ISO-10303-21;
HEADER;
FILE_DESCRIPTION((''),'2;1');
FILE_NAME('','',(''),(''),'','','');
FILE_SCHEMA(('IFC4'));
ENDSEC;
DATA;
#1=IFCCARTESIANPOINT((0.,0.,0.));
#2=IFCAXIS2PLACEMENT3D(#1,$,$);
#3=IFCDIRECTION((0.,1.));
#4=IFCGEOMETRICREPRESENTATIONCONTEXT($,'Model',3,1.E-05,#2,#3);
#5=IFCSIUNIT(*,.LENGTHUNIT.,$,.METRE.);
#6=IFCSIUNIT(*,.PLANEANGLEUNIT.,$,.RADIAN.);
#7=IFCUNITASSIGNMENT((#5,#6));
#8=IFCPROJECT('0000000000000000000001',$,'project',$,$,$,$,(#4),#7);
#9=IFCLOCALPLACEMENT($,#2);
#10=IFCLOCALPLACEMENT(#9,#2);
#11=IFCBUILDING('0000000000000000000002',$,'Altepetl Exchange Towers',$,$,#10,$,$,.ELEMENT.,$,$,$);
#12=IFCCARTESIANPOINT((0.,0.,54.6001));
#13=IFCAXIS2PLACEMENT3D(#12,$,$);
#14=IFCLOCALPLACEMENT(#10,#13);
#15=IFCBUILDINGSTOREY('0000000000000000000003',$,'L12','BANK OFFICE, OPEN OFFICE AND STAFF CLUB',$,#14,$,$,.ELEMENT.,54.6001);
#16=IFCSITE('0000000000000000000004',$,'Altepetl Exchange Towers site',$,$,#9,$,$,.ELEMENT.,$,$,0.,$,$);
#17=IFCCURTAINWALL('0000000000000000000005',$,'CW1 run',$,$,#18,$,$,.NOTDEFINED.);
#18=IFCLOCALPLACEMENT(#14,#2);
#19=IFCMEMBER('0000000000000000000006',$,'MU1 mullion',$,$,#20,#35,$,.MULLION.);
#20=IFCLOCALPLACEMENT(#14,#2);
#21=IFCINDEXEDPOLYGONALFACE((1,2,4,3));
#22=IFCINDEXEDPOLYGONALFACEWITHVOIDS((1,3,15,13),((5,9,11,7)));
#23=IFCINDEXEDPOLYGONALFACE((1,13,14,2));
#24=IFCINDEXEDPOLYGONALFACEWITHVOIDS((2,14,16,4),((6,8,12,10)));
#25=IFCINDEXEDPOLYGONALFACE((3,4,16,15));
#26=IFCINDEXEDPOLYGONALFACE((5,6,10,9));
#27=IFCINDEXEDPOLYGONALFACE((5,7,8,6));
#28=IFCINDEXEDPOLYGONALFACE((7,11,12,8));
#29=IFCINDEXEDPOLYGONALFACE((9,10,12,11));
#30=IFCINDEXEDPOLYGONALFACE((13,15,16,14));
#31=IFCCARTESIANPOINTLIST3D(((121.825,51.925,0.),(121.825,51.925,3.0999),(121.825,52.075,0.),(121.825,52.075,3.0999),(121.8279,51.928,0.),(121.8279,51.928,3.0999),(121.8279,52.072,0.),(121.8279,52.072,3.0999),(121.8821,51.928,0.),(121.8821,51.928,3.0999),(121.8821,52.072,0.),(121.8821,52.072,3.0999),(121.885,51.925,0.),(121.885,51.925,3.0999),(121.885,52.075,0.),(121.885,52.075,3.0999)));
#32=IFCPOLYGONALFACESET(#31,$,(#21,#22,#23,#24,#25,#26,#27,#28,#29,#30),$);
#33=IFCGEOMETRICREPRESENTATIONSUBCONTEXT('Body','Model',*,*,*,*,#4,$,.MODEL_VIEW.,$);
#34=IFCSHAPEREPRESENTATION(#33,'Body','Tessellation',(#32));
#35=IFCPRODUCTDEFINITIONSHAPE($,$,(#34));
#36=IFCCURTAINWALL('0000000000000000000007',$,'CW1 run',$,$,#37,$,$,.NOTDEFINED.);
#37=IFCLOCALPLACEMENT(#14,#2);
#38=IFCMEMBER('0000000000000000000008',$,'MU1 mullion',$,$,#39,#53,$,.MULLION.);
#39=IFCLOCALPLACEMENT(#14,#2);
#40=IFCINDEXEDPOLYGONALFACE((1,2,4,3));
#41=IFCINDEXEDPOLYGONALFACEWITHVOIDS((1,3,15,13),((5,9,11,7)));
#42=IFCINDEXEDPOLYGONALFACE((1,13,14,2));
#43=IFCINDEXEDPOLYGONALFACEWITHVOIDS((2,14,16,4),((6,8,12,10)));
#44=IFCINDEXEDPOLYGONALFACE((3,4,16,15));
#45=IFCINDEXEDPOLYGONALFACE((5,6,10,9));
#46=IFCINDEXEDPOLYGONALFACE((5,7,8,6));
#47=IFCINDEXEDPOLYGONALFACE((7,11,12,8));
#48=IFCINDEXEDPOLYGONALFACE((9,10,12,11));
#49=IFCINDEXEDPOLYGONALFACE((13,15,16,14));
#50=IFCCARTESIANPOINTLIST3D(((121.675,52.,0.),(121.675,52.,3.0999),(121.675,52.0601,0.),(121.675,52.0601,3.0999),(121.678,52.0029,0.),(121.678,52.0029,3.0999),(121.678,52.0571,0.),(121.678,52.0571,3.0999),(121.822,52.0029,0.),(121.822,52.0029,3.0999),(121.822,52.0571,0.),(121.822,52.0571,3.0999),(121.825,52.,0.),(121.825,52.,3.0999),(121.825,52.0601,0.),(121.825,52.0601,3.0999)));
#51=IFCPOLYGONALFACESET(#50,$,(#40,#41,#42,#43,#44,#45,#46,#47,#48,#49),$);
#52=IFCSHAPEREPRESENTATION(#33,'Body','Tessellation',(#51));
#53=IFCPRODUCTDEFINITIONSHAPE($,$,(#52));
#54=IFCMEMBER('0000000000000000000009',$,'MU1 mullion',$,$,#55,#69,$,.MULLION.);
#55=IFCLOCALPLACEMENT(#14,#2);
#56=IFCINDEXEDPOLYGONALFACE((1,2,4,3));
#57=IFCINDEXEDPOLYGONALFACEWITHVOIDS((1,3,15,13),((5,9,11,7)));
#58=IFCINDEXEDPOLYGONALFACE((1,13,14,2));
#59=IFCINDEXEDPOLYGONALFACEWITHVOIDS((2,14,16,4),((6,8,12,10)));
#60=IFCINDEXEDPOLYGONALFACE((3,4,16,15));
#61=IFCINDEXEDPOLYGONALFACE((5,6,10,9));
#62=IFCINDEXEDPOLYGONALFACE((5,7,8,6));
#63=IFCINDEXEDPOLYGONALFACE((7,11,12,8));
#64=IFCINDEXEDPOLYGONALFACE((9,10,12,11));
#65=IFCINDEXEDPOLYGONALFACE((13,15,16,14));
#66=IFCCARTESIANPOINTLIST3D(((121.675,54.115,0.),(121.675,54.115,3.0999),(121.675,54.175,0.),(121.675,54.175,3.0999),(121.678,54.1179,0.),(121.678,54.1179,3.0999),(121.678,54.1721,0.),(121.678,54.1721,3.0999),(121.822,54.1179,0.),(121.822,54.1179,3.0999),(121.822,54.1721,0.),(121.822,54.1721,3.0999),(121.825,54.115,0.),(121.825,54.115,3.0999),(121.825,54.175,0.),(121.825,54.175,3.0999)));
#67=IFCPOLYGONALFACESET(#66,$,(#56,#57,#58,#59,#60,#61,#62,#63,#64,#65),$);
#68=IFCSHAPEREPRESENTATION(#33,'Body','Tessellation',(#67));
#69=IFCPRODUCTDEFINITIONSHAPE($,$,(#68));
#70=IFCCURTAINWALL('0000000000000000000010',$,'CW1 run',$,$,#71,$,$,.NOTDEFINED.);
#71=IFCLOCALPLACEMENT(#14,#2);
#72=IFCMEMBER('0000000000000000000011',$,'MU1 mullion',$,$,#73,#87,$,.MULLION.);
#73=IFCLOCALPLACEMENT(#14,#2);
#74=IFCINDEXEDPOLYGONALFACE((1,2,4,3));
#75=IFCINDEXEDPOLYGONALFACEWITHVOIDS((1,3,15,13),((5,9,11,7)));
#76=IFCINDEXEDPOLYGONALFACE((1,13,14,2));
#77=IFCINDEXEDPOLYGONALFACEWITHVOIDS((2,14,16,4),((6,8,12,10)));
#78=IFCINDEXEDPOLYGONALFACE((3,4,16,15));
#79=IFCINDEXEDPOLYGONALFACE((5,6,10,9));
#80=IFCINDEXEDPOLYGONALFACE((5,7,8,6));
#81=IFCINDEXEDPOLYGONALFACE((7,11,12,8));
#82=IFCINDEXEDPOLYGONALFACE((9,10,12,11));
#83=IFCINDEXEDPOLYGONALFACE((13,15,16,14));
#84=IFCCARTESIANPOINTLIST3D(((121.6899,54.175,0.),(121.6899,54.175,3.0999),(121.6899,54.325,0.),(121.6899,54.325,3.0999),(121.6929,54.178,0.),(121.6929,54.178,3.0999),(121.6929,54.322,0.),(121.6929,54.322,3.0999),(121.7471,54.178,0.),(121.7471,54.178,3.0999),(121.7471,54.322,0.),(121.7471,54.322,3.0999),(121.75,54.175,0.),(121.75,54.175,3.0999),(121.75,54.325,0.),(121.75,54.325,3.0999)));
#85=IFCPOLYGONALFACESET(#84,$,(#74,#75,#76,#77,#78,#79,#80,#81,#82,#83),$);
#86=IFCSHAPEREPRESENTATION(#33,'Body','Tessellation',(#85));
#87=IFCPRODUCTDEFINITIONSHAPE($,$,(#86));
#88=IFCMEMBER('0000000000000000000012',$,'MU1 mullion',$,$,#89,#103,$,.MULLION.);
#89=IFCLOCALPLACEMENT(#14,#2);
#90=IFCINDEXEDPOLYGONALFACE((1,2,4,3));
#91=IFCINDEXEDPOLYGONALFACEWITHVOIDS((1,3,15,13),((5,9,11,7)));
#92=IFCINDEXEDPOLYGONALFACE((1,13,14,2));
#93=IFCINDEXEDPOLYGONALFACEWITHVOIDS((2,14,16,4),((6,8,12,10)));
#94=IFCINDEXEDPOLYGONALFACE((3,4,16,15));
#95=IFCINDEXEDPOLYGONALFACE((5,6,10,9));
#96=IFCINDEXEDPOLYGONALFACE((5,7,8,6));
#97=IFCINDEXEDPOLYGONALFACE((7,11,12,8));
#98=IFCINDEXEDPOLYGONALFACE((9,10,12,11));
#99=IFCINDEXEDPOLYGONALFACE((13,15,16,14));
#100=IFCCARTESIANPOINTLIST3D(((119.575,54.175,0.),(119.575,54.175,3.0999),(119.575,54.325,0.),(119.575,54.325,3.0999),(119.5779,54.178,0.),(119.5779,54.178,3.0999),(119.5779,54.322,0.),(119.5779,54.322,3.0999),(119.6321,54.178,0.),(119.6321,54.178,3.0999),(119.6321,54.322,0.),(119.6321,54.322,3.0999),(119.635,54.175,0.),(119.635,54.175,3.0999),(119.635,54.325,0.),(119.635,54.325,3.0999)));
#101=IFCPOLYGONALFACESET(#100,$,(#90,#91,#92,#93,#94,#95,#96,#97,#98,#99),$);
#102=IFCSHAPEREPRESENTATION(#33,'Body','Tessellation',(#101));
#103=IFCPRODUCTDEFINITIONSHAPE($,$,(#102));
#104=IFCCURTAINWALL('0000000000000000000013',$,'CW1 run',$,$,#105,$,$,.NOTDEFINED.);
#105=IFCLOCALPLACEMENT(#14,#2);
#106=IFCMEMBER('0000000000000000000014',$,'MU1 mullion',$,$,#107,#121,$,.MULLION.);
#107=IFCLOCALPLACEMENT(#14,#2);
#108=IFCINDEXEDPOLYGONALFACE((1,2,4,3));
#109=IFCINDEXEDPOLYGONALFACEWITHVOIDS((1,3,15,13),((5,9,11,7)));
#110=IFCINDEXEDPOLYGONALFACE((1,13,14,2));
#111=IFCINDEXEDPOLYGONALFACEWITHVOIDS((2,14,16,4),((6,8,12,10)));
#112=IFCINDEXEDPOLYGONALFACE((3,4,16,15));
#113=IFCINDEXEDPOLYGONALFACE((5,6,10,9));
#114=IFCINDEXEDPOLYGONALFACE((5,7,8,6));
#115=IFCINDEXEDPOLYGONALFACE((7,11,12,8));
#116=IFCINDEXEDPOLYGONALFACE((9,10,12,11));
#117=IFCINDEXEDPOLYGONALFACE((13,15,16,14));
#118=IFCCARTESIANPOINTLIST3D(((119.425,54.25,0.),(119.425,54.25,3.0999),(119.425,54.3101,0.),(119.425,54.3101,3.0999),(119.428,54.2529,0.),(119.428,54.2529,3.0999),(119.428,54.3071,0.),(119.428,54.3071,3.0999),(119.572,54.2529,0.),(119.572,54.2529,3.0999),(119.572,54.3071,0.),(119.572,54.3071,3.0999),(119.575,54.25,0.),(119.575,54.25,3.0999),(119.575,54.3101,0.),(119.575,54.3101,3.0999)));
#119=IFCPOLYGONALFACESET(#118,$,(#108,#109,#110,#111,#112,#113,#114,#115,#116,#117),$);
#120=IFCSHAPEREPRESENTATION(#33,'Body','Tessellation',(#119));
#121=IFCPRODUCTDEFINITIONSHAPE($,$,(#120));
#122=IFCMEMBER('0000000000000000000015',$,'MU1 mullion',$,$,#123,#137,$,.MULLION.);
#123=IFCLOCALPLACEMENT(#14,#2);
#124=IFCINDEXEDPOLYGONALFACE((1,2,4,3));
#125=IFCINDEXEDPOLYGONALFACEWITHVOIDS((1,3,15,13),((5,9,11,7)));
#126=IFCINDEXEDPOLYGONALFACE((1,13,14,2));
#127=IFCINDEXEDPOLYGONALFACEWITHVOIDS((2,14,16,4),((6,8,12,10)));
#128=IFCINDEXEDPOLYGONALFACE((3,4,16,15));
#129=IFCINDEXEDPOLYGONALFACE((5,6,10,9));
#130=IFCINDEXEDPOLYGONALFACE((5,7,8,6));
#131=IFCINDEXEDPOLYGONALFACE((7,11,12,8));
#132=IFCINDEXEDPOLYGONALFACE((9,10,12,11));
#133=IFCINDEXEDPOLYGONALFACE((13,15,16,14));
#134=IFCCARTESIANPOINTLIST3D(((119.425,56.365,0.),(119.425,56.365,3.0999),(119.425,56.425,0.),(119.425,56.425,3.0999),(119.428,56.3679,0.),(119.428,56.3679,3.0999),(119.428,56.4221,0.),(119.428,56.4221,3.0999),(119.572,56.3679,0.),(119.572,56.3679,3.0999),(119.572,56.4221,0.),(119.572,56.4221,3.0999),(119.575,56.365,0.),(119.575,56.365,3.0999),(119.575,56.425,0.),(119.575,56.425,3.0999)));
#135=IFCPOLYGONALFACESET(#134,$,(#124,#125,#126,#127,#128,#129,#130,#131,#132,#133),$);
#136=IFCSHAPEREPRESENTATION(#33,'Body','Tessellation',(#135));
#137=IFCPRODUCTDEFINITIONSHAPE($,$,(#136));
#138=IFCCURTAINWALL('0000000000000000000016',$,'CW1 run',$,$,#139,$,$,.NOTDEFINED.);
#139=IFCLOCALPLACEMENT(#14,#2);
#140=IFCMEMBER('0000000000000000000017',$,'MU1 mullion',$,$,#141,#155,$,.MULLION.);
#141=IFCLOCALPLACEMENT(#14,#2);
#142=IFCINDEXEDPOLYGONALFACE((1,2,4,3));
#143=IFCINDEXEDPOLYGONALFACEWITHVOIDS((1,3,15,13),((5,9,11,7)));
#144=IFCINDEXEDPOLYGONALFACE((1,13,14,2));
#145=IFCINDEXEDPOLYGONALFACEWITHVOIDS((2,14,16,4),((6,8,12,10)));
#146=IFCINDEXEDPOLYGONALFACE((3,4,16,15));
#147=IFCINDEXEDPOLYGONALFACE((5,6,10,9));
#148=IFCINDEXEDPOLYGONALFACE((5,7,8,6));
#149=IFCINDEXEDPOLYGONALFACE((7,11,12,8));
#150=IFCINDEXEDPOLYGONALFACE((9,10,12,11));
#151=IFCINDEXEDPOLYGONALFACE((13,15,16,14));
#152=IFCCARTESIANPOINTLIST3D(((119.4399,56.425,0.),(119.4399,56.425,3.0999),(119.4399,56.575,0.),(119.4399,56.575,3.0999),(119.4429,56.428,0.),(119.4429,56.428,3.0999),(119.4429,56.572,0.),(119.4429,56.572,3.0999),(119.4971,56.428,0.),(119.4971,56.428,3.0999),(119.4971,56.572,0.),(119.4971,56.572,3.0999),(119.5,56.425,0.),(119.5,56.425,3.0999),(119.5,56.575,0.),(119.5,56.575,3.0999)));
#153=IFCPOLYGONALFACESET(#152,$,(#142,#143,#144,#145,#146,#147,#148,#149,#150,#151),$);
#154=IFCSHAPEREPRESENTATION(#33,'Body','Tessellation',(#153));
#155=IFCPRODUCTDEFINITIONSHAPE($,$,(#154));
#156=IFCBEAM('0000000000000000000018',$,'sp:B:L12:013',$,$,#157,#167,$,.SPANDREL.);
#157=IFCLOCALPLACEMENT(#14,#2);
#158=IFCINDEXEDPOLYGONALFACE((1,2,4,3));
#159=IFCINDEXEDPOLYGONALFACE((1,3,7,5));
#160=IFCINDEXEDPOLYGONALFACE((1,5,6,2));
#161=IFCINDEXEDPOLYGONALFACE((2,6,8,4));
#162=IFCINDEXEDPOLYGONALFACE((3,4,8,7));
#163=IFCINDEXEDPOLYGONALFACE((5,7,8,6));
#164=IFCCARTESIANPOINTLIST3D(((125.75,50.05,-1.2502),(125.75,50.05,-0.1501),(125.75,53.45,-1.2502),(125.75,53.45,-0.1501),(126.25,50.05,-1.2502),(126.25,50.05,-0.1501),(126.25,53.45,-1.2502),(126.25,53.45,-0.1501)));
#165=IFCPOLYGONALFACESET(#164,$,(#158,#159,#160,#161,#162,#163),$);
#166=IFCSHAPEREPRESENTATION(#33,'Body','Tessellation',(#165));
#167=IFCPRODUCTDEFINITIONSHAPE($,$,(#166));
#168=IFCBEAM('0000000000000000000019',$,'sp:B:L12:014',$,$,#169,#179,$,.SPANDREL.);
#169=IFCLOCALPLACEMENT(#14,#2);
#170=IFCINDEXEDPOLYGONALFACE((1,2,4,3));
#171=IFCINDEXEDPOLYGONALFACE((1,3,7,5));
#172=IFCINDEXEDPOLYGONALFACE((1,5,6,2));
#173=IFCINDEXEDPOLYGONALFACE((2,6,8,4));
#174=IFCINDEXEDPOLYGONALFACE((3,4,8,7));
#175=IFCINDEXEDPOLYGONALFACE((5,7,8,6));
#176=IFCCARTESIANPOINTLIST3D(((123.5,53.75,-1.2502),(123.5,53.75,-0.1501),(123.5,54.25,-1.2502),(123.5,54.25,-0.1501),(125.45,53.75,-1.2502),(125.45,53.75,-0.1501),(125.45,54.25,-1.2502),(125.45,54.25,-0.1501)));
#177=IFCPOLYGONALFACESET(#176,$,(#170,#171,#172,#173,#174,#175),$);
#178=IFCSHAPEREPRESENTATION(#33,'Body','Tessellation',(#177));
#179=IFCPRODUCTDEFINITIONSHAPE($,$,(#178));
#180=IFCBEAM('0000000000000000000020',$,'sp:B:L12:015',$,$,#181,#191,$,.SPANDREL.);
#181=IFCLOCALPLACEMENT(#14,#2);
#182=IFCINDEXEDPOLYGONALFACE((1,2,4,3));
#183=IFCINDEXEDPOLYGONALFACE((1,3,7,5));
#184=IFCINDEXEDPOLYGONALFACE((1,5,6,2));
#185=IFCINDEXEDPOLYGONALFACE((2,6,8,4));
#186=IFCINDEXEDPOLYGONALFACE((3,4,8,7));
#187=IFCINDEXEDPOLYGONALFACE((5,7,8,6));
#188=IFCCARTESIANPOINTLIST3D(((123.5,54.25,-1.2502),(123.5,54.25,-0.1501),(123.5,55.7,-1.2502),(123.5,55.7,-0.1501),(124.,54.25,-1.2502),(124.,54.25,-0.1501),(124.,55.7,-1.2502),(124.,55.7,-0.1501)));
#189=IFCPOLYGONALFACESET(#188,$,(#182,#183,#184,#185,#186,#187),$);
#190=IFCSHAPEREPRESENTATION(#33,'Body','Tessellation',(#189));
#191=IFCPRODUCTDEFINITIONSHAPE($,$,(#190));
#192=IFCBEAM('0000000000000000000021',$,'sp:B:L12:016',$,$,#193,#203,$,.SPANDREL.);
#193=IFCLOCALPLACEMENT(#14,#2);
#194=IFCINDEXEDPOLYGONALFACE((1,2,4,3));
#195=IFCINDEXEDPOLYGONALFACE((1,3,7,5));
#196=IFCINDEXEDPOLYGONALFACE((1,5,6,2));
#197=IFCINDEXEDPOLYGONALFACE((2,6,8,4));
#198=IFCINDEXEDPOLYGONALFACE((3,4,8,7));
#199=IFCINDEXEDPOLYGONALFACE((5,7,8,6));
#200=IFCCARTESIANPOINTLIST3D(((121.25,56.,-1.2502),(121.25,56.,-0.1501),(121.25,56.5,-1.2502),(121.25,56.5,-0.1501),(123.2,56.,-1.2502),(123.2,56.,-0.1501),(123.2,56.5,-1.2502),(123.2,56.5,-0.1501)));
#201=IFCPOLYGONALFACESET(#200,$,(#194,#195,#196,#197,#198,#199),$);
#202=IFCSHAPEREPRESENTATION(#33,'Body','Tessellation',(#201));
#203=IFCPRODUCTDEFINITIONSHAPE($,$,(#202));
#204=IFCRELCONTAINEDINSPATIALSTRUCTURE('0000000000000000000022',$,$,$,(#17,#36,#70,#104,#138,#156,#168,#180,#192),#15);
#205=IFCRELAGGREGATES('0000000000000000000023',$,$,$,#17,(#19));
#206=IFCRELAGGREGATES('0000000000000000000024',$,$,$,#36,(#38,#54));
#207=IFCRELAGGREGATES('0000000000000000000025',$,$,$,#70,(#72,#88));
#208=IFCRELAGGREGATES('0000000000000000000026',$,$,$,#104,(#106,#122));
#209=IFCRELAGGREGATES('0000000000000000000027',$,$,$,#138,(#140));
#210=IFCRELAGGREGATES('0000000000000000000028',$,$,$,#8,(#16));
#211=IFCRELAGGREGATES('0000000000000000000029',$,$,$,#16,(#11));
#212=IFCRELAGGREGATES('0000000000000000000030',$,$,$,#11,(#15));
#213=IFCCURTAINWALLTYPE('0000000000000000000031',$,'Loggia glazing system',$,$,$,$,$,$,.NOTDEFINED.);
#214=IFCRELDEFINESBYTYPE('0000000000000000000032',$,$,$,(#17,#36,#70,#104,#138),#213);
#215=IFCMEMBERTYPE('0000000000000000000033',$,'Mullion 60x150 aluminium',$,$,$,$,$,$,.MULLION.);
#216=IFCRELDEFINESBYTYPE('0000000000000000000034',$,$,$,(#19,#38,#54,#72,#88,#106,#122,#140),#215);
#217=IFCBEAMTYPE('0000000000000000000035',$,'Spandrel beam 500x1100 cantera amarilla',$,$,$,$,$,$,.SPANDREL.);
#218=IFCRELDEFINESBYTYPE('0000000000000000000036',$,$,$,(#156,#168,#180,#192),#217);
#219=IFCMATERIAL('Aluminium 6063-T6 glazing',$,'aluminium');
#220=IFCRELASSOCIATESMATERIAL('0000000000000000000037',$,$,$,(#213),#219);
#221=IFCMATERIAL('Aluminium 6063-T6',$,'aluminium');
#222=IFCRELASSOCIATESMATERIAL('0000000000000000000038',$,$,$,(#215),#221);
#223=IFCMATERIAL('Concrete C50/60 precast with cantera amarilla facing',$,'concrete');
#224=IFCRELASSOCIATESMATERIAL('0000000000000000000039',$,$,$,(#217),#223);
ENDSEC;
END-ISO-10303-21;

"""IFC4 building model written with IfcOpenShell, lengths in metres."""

from ifc_helpers import new_model, si_unit, direction, frame, origin, origin_2d, place, context, subcontext, project, spatial, rectangle, hollow_rectangle, extrude, material, material_profile, profile_set, type_object, element, aggregate, save


model = new_model("IFC4")

# Units and contexts
model_context = context("Model", 3, precision=1e-05, world=origin(), true_north=direction((0.0, 1.0)))
body_context = subcontext(model_context, "Body", "Model", "MODEL_VIEW")
ifc_project = project(units=[si_unit("LENGTHUNIT", "METRE"), si_unit("PLANEANGLEUNIT", "RADIAN")], contexts=[model_context])

# Site, building, storey
site_placement = place(None, origin())
site = spatial("IfcSite", under=ifc_project, at=site_placement, Name="Altepetl Exchange Towers site", CompositionType="ELEMENT", RefElevation=0.0)
building_placement = place(site_placement, origin())
building = spatial("IfcBuilding", under=site, at=building_placement, Name="Altepetl Exchange Towers", CompositionType="ELEMENT")
storey_placement = place(building_placement, frame((0.0, 0.0, 54.6001)))
storey = spatial("IfcBuildingStorey", under=building, at=storey_placement, Name="L12", Description="BANK OFFICE, OPEN OFFICE AND STAFF CLUB", CompositionType="ELEMENT", Elevation=54.6001)

# Curtain walls, members
ifc_material_1 = material(Name="Aluminium 6063-T6 glazing", Category="aluminium")
curtain_wall_type = type_object("IfcCurtainWallType", Name="Loggia glazing system", PredefinedType="NOTDEFINED", material=ifc_material_1)
ifc_material_2 = material(Name="Aluminium 6063-T6", Category="aluminium")
ifc_material_profile_1 = material_profile(ifc_material_2, hollow_rectangle(XDim=0.0601, YDim=0.1499, WallThickness=0.0029, at=origin_2d()), Name="Mullion 60x150 aluminium")
ifc_profile_set_1 = profile_set([ifc_material_profile_1], Name="Aluminium 6063-T6")
member_type = type_object("IfcMemberType", Name="Mullion 60x150 aluminium", PredefinedType="MULLION", material=ifc_profile_set_1)
curtain_wall_1_placement = place(storey_placement, origin())
curtain_wall_1 = element("IfcCurtainWall", 1, at=curtain_wall_1_placement, inside=storey, type_object=curtain_wall_type, Name="CW1 run", PredefinedType="NOTDEFINED")
member_1_placement = place(storey_placement, frame((121.855, 52.0, 0.0), z_axis=(0.0, 0.0, 1.0), x_axis=(-1.0, 0.0, 0.0)))
member_1 = element("IfcMember", 2, at=member_1_placement, type_object=member_type, Name="MU1 mullion", PredefinedType="MULLION", context=body_context, shape_type="SweptSolid", body=[
    extrude(hollow_rectangle(XDim=0.0601, YDim=0.1499, WallThickness=0.0029, at=origin_2d()), origin(), (0.0, 0.0, 1.0), 3.0999),
])
curtain_wall_2_placement = place(storey_placement, origin())
curtain_wall_2 = element("IfcCurtainWall", 3, at=curtain_wall_2_placement, inside=storey, type_object=curtain_wall_type, Name="CW1 run", PredefinedType="NOTDEFINED")
member_2_placement = place(storey_placement, frame((121.75, 52.03, 0.0), z_axis=(0.0, 0.0, 1.0), x_axis=(0.0, 1.0, 0.0)))
member_2 = element("IfcMember", 4, at=member_2_placement, type_object=member_type, Name="MU1 mullion", PredefinedType="MULLION", context=body_context, shape_type="SweptSolid", body=[
    extrude(hollow_rectangle(XDim=0.0601, YDim=0.1499, WallThickness=0.0029, at=origin_2d()), origin(), (0.0, 0.0, 1.0), 3.0999),
])
member_3_placement = place(storey_placement, frame((121.75, 54.145, 0.0), z_axis=(0.0, 0.0, 1.0), x_axis=(0.0, 1.0, 0.0)))
member_3 = element("IfcMember", 5, at=member_3_placement, type_object=member_type, Name="MU1 mullion", PredefinedType="MULLION", context=body_context, shape_type="SweptSolid", body=[
    extrude(hollow_rectangle(XDim=0.0601, YDim=0.1499, WallThickness=0.0029, at=origin_2d()), origin(), (0.0, 0.0, 1.0), 3.0999),
])
curtain_wall_3_placement = place(storey_placement, origin())
curtain_wall_3 = element("IfcCurtainWall", 6, at=curtain_wall_3_placement, inside=storey, type_object=curtain_wall_type, Name="CW1 run", PredefinedType="NOTDEFINED")
member_4_placement = place(storey_placement, frame((121.72, 54.25, 0.0), z_axis=(0.0, 0.0, 1.0), x_axis=(-1.0, 0.0, 0.0)))
member_4 = element("IfcMember", 7, at=member_4_placement, type_object=member_type, Name="MU1 mullion", PredefinedType="MULLION", context=body_context, shape_type="SweptSolid", body=[
    extrude(hollow_rectangle(XDim=0.0601, YDim=0.1499, WallThickness=0.0029, at=origin_2d()), origin(), (0.0, 0.0, 1.0), 3.0999),
])
member_5_placement = place(storey_placement, frame((119.605, 54.25, 0.0), z_axis=(0.0, 0.0, 1.0), x_axis=(-1.0, 0.0, 0.0)))
member_5 = element("IfcMember", 8, at=member_5_placement, type_object=member_type, Name="MU1 mullion", PredefinedType="MULLION", context=body_context, shape_type="SweptSolid", body=[
    extrude(hollow_rectangle(XDim=0.0601, YDim=0.1499, WallThickness=0.0029, at=origin_2d()), origin(), (0.0, 0.0, 1.0), 3.0999),
])
curtain_wall_4_placement = place(storey_placement, origin())
curtain_wall_4 = element("IfcCurtainWall", 9, at=curtain_wall_4_placement, inside=storey, type_object=curtain_wall_type, Name="CW1 run", PredefinedType="NOTDEFINED")
member_6_placement = place(storey_placement, frame((119.5, 54.28, 0.0), z_axis=(0.0, 0.0, 1.0), x_axis=(0.0, 1.0, 0.0)))
member_6 = element("IfcMember", 10, at=member_6_placement, type_object=member_type, Name="MU1 mullion", PredefinedType="MULLION", context=body_context, shape_type="SweptSolid", body=[
    extrude(hollow_rectangle(XDim=0.0601, YDim=0.1499, WallThickness=0.0029, at=origin_2d()), origin(), (0.0, 0.0, 1.0), 3.0999),
])
member_7_placement = place(storey_placement, frame((119.5, 56.395, 0.0), z_axis=(0.0, 0.0, 1.0), x_axis=(0.0, 1.0, 0.0)))
member_7 = element("IfcMember", 11, at=member_7_placement, type_object=member_type, Name="MU1 mullion", PredefinedType="MULLION", context=body_context, shape_type="SweptSolid", body=[
    extrude(hollow_rectangle(XDim=0.0601, YDim=0.1499, WallThickness=0.0029, at=origin_2d()), origin(), (0.0, 0.0, 1.0), 3.0999),
])

# Curtain wall, member
curtain_wall_5_placement = place(storey_placement, origin())
curtain_wall_5 = element("IfcCurtainWall", 12, at=curtain_wall_5_placement, inside=storey, type_object=curtain_wall_type, Name="CW1 run", PredefinedType="NOTDEFINED")
member_8_placement = place(storey_placement, frame((119.47, 56.5, 0.0), z_axis=(0.0, 0.0, 1.0), x_axis=(-1.0, 0.0, 0.0)))
member_8 = element("IfcMember", 13, at=member_8_placement, type_object=member_type, Name="MU1 mullion", PredefinedType="MULLION", context=body_context, shape_type="SweptSolid", body=[
    extrude(hollow_rectangle(XDim=0.0601, YDim=0.1499, WallThickness=0.0029, at=origin_2d()), origin(), (0.0, 0.0, 1.0), 3.0999),
])

# Beams
ifc_material_3 = material(Name="Concrete C50/60 precast with cantera amarilla facing", Category="concrete")
ifc_material_profile_2 = material_profile(ifc_material_3, rectangle(XDim=0.5, YDim=1.1001, at=origin_2d()), Name="500 x 1100")
ifc_profile_set_2 = profile_set([ifc_material_profile_2], Name="Concrete C50/60 precast with cantera amarilla facing")
beam_type_1 = type_object("IfcBeamType", Name="Spandrel beam 500x1100 cantera amarilla", PredefinedType="SPANDREL", material=ifc_profile_set_2)
beam_1_placement = place(storey_placement, frame((126.0, 50.05, -0.7002), z_axis=(0.0, 1.0, 0.0), x_axis=(-1.0, 0.0, 0.0)))
element("IfcBeam", 14, at=beam_1_placement, inside=storey, type_object=beam_type_1, Name="sp:B:L12:013", PredefinedType="SPANDREL", context=body_context, shape_type="SweptSolid", body=[
    extrude(rectangle(XDim=0.5, YDim=1.1001, at=origin_2d()), origin(), (0.0, 0.0, 1.0), 3.3999),
])
beam_2_placement = place(storey_placement, frame((125.45, 54.0, -0.7002), z_axis=(-1.0, 0.0, 0.0), x_axis=(0.0, -1.0, 0.0)))
element("IfcBeam", 15, at=beam_2_placement, inside=storey, type_object=beam_type_1, Name="sp:B:L12:014", PredefinedType="SPANDREL", context=body_context, shape_type="SweptSolid", body=[
    extrude(rectangle(XDim=0.5, YDim=1.1001, at=origin_2d()), origin(), (0.0, 0.0, 1.0), 1.95),
])
beam_3_placement = place(storey_placement, frame((123.75, 54.25, -0.7002), z_axis=(0.0, 1.0, 0.0), x_axis=(-1.0, 0.0, 0.0)))
element("IfcBeam", 16, at=beam_3_placement, inside=storey, type_object=beam_type_1, Name="sp:B:L12:015", PredefinedType="SPANDREL", context=body_context, shape_type="SweptSolid", body=[
    extrude(rectangle(XDim=0.5, YDim=1.1001, at=origin_2d()), origin(), (0.0, 0.0, 1.0), 1.45),
])
beam_4_placement = place(storey_placement, frame((123.2, 56.25, -0.7002), z_axis=(-1.0, 0.0, 0.0), x_axis=(0.0, -1.0, 0.0)))
element("IfcBeam", 17, at=beam_4_placement, inside=storey, type_object=beam_type_1, Name="sp:B:L12:016", PredefinedType="SPANDREL", context=body_context, shape_type="SweptSolid", body=[
    extrude(rectangle(XDim=0.5, YDim=1.1001, at=origin_2d()), origin(), (0.0, 0.0, 1.0), 1.95),
])

aggregate(curtain_wall_1, [member_1])
aggregate(curtain_wall_2, [member_2, member_3])
aggregate(curtain_wall_3, [member_4, member_5])
aggregate(curtain_wall_4, [member_6, member_7])
aggregate(curtain_wall_5, [member_8])

save(model, "model.ifc")
